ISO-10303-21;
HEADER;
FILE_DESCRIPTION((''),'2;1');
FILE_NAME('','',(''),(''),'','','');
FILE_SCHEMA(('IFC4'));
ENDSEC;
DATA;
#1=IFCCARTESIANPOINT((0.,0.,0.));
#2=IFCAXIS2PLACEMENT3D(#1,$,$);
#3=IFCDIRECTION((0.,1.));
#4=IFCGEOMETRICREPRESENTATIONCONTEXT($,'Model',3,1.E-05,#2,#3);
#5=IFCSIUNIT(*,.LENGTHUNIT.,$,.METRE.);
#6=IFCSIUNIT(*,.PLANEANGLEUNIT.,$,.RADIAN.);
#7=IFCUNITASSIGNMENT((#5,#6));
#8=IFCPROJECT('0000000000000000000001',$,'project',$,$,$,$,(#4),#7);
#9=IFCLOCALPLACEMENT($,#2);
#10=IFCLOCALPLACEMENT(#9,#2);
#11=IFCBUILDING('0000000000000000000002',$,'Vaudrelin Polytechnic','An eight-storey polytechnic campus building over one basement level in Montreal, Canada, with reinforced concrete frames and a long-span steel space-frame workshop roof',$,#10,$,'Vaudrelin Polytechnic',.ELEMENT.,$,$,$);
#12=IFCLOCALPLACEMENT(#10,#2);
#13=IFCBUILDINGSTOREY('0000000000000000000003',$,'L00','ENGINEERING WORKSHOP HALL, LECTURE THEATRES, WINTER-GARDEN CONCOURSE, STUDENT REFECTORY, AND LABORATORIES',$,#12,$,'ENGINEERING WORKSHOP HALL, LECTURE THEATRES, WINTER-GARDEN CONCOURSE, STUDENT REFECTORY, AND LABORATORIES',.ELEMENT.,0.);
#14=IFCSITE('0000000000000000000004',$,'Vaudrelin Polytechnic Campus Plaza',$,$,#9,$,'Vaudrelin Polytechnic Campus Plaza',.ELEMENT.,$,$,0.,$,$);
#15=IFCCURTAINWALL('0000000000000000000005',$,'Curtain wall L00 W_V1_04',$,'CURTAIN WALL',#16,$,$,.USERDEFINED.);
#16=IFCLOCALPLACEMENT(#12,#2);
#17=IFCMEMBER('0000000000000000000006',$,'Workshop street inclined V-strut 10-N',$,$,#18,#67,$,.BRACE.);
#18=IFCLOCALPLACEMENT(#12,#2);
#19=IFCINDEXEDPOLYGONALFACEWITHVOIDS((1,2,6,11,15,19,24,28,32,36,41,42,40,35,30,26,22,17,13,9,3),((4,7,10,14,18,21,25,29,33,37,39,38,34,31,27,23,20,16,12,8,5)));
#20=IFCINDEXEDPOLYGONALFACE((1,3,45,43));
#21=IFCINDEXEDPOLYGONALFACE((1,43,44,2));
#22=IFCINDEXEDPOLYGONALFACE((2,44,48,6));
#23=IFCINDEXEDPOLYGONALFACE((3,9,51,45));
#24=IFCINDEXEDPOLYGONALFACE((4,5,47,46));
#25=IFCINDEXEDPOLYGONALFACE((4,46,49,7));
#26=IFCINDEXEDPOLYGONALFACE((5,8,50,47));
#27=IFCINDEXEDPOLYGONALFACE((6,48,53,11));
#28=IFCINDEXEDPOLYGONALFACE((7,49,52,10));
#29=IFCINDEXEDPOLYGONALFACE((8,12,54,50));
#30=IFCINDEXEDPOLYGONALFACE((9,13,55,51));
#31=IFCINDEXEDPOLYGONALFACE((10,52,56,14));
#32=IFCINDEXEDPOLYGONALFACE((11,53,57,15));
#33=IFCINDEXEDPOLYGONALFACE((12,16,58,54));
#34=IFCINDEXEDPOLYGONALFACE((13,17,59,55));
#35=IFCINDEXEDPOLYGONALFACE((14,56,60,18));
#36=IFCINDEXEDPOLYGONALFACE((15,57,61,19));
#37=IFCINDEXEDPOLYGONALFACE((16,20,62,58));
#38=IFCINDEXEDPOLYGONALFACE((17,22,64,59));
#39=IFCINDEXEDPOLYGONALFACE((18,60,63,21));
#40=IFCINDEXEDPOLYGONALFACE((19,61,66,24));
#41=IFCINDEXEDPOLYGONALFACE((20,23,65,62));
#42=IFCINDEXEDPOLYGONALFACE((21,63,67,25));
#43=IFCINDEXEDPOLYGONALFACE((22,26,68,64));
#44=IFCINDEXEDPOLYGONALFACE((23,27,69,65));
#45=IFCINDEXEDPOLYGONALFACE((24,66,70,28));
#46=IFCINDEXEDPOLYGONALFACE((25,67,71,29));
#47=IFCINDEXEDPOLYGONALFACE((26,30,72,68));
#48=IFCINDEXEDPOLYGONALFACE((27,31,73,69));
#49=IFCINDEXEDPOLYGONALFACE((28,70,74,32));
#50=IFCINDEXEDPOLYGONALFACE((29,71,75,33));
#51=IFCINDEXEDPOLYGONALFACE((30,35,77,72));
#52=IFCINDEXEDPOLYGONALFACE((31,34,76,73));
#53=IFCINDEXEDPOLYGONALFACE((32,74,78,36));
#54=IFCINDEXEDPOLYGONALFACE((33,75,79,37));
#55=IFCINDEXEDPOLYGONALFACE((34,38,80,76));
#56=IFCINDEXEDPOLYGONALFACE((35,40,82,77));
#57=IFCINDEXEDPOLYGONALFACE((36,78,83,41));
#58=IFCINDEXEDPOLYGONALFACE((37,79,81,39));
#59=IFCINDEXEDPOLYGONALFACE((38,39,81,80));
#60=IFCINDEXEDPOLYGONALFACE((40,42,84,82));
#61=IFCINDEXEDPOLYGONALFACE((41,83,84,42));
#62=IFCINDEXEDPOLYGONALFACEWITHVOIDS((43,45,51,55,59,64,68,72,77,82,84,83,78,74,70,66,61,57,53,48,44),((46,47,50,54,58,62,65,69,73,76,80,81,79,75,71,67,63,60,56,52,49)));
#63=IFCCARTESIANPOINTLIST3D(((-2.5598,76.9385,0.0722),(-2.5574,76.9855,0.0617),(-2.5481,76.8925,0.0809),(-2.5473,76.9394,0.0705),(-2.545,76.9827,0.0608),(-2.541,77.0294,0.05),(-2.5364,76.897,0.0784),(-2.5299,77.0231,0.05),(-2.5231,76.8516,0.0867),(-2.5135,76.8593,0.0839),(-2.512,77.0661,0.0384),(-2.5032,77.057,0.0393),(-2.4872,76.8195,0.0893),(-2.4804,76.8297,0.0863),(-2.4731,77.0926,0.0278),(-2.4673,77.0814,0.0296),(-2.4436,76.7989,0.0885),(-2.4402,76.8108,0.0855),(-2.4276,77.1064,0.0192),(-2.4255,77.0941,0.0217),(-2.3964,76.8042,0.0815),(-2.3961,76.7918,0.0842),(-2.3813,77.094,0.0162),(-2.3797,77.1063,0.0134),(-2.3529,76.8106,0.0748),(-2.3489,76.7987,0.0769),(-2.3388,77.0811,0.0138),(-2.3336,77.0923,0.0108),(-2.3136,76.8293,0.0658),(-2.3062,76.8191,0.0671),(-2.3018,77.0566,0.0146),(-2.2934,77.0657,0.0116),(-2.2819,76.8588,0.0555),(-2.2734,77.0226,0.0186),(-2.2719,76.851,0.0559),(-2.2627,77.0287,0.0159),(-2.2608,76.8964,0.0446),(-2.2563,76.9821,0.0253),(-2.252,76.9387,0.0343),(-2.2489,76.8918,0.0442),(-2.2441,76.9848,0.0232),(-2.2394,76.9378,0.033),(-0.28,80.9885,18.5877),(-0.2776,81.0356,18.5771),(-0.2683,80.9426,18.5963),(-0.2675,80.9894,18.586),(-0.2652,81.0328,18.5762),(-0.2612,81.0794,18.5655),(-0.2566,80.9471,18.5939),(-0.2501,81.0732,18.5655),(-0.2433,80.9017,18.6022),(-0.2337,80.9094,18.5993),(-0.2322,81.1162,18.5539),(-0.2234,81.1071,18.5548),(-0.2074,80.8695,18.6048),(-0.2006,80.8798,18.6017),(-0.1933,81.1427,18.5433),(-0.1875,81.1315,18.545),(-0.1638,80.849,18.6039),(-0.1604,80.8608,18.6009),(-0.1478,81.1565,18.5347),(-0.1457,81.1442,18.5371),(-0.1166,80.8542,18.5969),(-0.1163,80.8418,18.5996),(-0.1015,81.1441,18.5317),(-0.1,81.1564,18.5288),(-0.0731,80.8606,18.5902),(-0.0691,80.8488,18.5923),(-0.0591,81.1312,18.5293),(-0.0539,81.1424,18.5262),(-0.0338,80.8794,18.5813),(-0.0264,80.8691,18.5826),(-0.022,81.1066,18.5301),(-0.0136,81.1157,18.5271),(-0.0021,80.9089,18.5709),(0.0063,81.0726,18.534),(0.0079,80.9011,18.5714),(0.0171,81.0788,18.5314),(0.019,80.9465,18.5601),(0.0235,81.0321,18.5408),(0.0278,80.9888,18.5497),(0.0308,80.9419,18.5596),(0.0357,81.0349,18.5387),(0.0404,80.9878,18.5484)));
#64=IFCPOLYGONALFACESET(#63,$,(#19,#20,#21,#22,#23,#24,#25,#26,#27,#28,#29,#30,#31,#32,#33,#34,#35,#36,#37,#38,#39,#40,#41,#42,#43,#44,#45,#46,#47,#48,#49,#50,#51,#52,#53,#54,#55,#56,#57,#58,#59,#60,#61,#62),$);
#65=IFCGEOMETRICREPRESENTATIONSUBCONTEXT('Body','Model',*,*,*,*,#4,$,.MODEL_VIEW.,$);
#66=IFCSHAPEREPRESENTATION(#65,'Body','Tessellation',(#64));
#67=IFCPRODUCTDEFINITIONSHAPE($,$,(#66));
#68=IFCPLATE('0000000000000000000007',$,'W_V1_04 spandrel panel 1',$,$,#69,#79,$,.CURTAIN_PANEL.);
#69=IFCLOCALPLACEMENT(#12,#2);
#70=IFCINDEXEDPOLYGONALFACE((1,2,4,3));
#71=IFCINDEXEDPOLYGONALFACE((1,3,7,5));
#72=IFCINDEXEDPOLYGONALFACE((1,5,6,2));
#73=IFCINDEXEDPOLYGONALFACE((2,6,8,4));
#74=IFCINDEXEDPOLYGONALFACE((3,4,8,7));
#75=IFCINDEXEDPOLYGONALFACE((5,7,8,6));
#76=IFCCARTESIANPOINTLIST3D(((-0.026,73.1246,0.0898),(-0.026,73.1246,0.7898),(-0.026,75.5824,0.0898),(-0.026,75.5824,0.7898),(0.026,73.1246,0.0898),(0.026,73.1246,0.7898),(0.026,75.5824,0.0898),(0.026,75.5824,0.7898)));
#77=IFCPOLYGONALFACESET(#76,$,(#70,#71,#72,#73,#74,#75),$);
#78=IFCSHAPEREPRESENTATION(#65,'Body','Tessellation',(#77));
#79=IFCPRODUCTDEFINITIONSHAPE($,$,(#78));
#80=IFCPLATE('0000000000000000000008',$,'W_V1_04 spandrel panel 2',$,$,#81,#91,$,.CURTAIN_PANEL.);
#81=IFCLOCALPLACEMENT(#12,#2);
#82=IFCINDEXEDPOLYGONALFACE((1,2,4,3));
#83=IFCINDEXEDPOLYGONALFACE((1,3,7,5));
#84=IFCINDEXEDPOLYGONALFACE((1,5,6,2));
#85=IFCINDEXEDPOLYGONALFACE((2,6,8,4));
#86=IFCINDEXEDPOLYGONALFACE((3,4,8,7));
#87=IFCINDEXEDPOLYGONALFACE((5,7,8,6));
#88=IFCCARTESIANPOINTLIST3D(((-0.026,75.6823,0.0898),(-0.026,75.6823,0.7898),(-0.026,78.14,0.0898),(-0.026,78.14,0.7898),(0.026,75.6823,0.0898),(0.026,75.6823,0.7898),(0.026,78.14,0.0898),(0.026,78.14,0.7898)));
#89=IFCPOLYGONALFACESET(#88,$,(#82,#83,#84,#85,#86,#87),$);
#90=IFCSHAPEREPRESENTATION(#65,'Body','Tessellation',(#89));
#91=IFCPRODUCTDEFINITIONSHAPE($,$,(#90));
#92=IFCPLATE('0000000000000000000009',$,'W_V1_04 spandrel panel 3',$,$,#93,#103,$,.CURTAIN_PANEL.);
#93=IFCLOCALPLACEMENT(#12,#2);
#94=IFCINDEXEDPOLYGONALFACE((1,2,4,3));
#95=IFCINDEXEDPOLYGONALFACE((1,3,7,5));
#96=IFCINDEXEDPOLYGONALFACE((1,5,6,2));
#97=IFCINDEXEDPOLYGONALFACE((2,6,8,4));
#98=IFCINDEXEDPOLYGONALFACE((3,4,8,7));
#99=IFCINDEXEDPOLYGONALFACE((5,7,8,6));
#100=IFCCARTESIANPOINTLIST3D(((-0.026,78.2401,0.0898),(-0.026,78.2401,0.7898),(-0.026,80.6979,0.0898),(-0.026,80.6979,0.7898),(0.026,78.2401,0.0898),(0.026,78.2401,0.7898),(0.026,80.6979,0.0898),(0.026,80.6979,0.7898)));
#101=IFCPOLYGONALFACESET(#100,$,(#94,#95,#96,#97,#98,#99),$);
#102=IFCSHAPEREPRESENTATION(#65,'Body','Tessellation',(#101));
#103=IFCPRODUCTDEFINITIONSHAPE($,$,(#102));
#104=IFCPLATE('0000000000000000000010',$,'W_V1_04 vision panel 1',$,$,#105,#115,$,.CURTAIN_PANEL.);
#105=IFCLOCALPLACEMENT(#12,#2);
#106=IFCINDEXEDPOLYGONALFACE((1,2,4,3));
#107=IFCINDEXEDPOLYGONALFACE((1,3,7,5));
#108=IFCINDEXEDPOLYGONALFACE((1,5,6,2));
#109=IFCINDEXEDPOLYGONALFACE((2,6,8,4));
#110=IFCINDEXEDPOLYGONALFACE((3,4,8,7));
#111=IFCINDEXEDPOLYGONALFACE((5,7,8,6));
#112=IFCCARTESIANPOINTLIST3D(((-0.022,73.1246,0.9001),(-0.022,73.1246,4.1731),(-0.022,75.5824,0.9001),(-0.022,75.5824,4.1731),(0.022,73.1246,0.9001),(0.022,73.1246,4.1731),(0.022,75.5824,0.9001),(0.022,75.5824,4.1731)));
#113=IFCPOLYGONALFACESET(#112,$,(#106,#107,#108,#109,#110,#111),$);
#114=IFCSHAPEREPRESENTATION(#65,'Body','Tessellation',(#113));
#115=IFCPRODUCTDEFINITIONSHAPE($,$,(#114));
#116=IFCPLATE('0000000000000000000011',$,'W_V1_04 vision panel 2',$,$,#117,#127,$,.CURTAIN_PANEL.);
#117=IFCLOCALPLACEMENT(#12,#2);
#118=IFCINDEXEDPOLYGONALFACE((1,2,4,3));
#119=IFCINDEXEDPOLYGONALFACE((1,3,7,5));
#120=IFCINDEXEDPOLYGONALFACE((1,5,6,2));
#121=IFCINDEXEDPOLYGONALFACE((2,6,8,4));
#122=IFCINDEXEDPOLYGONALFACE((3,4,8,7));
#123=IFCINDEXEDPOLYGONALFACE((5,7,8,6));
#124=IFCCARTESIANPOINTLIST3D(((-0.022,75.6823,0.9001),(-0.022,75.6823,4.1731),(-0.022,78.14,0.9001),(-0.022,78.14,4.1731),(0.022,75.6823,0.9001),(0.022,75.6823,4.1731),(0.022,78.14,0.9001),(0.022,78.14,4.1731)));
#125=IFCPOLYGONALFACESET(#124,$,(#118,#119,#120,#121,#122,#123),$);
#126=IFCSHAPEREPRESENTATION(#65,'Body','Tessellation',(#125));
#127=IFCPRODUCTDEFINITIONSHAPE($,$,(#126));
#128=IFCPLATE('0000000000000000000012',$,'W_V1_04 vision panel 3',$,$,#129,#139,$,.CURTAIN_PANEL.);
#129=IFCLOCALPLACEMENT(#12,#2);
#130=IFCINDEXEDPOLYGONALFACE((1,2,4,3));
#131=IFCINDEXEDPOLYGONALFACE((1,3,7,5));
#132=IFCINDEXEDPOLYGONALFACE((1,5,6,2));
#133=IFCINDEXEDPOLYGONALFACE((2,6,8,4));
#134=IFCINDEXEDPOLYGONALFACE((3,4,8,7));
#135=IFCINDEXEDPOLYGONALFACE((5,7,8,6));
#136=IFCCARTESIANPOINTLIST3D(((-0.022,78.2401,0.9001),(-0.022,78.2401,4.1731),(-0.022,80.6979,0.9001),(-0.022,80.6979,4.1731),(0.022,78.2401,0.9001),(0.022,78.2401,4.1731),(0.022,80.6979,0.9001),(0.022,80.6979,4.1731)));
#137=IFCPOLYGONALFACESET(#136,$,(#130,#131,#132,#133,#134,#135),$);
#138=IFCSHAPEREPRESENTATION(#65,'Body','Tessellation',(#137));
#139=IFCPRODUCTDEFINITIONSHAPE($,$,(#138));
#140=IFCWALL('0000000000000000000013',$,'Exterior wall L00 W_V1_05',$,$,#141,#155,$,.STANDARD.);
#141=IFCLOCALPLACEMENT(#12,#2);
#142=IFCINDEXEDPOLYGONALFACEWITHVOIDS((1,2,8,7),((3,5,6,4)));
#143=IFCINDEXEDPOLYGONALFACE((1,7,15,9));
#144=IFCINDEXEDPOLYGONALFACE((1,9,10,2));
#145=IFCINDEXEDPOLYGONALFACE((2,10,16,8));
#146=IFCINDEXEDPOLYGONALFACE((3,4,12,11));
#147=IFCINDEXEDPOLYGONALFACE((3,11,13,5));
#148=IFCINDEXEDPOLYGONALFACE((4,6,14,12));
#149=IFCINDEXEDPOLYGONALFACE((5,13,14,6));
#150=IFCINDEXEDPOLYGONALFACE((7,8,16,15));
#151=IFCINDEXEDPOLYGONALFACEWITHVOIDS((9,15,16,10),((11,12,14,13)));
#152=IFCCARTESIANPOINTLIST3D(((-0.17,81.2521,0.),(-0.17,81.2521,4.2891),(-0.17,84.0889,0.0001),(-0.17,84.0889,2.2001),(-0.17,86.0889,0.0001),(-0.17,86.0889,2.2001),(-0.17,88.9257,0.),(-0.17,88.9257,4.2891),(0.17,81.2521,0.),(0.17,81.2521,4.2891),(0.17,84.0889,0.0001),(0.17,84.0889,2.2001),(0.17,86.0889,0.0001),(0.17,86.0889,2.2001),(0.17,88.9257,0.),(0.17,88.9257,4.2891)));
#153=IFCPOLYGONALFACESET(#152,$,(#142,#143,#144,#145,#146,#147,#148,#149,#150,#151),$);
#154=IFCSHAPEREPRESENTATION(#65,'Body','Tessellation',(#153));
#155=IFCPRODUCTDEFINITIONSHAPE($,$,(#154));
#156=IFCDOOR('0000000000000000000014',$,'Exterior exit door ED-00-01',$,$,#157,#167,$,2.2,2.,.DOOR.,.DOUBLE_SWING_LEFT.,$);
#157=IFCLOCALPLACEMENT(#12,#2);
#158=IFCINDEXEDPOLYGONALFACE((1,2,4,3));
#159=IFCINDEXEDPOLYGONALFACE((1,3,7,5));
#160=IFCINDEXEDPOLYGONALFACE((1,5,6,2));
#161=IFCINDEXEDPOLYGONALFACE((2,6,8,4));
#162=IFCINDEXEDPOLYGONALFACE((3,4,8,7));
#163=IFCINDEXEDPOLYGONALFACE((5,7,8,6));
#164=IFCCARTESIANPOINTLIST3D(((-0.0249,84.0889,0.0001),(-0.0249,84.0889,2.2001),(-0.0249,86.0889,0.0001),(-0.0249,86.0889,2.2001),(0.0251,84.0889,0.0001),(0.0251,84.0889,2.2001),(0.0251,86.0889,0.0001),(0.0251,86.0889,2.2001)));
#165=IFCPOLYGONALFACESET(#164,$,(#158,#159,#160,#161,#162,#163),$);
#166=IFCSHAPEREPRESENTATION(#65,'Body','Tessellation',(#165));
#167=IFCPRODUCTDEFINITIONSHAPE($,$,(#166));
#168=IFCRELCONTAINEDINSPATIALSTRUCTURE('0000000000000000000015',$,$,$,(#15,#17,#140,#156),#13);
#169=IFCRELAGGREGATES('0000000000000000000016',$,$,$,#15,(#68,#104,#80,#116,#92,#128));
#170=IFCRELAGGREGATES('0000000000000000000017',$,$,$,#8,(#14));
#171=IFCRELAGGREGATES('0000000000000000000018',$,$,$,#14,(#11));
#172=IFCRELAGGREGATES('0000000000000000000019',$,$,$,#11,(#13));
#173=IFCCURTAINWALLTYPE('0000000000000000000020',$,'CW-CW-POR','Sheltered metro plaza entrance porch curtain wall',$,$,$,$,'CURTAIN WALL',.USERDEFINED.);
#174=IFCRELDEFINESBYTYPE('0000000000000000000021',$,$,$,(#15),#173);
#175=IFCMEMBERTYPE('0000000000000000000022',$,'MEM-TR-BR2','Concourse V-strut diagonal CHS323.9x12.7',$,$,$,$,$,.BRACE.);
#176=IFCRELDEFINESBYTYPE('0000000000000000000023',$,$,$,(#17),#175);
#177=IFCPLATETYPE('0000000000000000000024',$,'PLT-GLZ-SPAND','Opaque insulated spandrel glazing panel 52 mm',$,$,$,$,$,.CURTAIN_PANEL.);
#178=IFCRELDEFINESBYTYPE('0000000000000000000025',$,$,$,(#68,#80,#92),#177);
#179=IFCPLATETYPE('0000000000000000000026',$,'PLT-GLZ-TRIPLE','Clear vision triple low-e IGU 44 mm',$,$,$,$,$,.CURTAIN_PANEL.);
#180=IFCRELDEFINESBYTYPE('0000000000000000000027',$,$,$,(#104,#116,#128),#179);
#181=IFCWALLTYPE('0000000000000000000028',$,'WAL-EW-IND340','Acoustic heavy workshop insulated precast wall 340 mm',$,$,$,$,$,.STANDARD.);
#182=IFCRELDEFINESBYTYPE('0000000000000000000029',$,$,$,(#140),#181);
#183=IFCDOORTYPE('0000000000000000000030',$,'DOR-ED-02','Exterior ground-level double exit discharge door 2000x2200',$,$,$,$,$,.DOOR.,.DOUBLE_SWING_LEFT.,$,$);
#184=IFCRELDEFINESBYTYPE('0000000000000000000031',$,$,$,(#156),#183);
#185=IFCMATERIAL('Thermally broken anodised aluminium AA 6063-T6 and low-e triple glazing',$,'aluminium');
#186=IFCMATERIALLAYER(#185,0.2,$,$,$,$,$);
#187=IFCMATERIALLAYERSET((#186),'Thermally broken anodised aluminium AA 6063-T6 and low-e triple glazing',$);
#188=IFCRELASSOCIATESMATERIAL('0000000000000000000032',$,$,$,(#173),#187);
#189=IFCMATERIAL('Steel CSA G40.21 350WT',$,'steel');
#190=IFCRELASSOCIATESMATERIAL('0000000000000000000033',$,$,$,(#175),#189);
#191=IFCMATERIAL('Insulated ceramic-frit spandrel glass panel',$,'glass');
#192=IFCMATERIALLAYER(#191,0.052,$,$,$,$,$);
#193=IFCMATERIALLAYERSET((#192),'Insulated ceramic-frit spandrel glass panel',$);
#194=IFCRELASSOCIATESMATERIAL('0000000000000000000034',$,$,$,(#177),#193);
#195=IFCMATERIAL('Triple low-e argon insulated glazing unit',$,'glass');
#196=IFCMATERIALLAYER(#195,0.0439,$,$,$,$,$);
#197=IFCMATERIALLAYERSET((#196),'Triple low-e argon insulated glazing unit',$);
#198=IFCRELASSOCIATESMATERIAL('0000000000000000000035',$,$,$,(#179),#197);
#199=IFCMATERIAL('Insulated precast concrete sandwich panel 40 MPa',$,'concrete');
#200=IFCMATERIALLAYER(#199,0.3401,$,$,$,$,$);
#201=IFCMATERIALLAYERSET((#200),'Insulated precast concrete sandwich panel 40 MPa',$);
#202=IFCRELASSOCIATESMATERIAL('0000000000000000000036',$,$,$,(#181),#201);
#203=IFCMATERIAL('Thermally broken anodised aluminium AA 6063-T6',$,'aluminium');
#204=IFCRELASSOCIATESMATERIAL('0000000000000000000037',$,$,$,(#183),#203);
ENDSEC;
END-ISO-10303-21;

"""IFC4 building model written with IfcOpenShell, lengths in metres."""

from ifc_helpers import new_model, si_unit, direction, frame, frame_2d, origin, origin_2d, place, context, subcontext, project, spatial, rectangle, hollow_circle, extrude, material, layer, layer_set, material_profile, profile_set, type_object, element, fill, aggregate, save


model = new_model("IFC4")

# Units and contexts
model_context = context("Model", 3, precision=1e-05, world=origin(), true_north=direction((0.0, 1.0)))
body_context = subcontext(model_context, "Body", "Model", "MODEL_VIEW")
ifc_project = project(units=[si_unit("LENGTHUNIT", "METRE"), si_unit("PLANEANGLEUNIT", "RADIAN")], contexts=[model_context])

# Site, building, storey
site_placement = place(None, origin())
site = spatial("IfcSite", under=ifc_project, at=site_placement, Name="Vaudrelin Polytechnic Campus Plaza", LongName="Vaudrelin Polytechnic Campus Plaza", CompositionType="ELEMENT", RefElevation=0.0)
building_placement = place(site_placement, origin())
building = spatial("IfcBuilding", under=site, at=building_placement, Name="Vaudrelin Polytechnic", Description="An eight-storey polytechnic campus building over one basement level in Montreal, Canada, with reinforced concrete frames and a long-span steel space-frame workshop roof", LongName="Vaudrelin Polytechnic", CompositionType="ELEMENT")
storey_placement = place(building_placement, origin())
storey = spatial("IfcBuildingStorey", under=building, at=storey_placement, Name="L00", Description="ENGINEERING WORKSHOP HALL, LECTURE THEATRES, WINTER-GARDEN CONCOURSE, STUDENT REFECTORY, AND LABORATORIES", LongName="ENGINEERING WORKSHOP HALL, LECTURE THEATRES, WINTER-GARDEN CONCOURSE, STUDENT REFECTORY, AND LABORATORIES", CompositionType="ELEMENT", Elevation=0.0)

# Shared definitions
ifc_material_1 = material(Name="Steel CSA G40.21 350WT", Category="steel")

# Curtain wall
ifc_material_2 = material(Name="Thermally broken anodised aluminium AA 6063-T6 and low-e triple glazing", Category="aluminium")
ifc_layer_1 = layer(ifc_material_2, 0.2)
ifc_layer_set_1 = layer_set([ifc_layer_1], Name="Thermally broken anodised aluminium AA 6063-T6 and low-e triple glazing")
curtain_wall_type = type_object("IfcCurtainWallType", Name="CW-CW-POR", Description="Sheltered metro plaza entrance porch curtain wall", ElementType="CURTAIN WALL", PredefinedType="USERDEFINED", material=ifc_layer_set_1)
curtain_wall_placement = place(storey_placement, origin())
curtain_wall = element("IfcCurtainWall", 1, at=curtain_wall_placement, inside=storey, type_object=curtain_wall_type, Name="Curtain wall L00 W_V1_04", ObjectType="CURTAIN WALL", PredefinedType="USERDEFINED")

# Member
ifc_material_profile_1 = material_profile(ifc_material_1, hollow_circle(Radius=0.1619, WallThickness=0.0127, at=origin_2d()), Name="CHS323.9x12.7")
ifc_profile_set_1 = profile_set([ifc_material_profile_1], Name="Steel CSA G40.21 350WT")
member_type_1 = type_object("IfcMemberType", Name="MEM-TR-BR2", Description="Concourse V-strut diagonal CHS323.9x12.7", PredefinedType="BRACE", material=ifc_profile_set_1)
for number, where, z_axis, x_axis, name in (
    (2, (-2.3999, 76.95, 0.05), (0.119424, 0.212158, 0.969911), (-0.871425, 0.490528, 0.0), "Workshop street inclined V-strut 10-N"),
):
    element("IfcMember", number, at=place(storey_placement, frame(where, z_axis=z_axis, x_axis=x_axis)), inside=storey, type_object=member_type_1, Name=name, PredefinedType="BRACE", context=body_context, shape_type="SweptSolid", body=[
        extrude(hollow_circle(Radius=0.1619, WallThickness=0.0127, at=origin_2d()), origin(), (0.0, 0.0, 1.0), 19.0898),
    ])

# Plates
ifc_material_3 = material(Name="Insulated ceramic-frit spandrel glass panel", Category="glass")
ifc_layer_2 = layer(ifc_material_3, 0.052)
ifc_layer_set_2 = layer_set([ifc_layer_2], Name="Insulated ceramic-frit spandrel glass panel")
plate_type_1 = type_object("IfcPlateType", Name="PLT-GLZ-SPAND", Description="Opaque insulated spandrel glazing panel 52 mm", PredefinedType="CURTAIN_PANEL", material=ifc_layer_set_2)
plate_1_placement = place(storey_placement, frame((0.0, 74.3535, 0.0898), z_axis=(0.0, 0.0, 1.0), x_axis=(0.0, 1.0, 0.0)))
plate_1 = element("IfcPlate", 3, at=plate_1_placement, type_object=plate_type_1, Name="W_V1_04 spandrel panel 1", PredefinedType="CURTAIN_PANEL", context=body_context, shape_type="SweptSolid", body=[
    extrude(rectangle(XDim=2.4578, YDim=0.052, at=origin_2d()), origin(), (0.0, 0.0, 1.0), 0.7),
])
plate_2_placement = place(storey_placement, frame((0.0, 76.9111, 0.0898), z_axis=(0.0, 0.0, 1.0), x_axis=(0.0, 1.0, 0.0)))
plate_2 = element("IfcPlate", 4, at=plate_2_placement, type_object=plate_type_1, Name="W_V1_04 spandrel panel 2", PredefinedType="CURTAIN_PANEL", context=body_context, shape_type="SweptSolid", body=[
    extrude(rectangle(XDim=2.4578, YDim=0.052, at=origin_2d()), origin(), (0.0, 0.0, 1.0), 0.7),
])
plate_3_placement = place(storey_placement, frame((0.0, 79.469, 0.0898), z_axis=(0.0, 0.0, 1.0), x_axis=(0.0, 1.0, 0.0)))
plate_3 = element("IfcPlate", 5, at=plate_3_placement, type_object=plate_type_1, Name="W_V1_04 spandrel panel 3", PredefinedType="CURTAIN_PANEL", context=body_context, shape_type="SweptSolid", body=[
    extrude(rectangle(XDim=2.4578, YDim=0.052, at=origin_2d()), origin(), (0.0, 0.0, 1.0), 0.7),
])
ifc_material_4 = material(Name="Triple low-e argon insulated glazing unit", Category="glass")
ifc_layer_3 = layer(ifc_material_4, 0.0439)
ifc_layer_set_3 = layer_set([ifc_layer_3], Name="Triple low-e argon insulated glazing unit")
plate_type_2 = type_object("IfcPlateType", Name="PLT-GLZ-TRIPLE", Description="Clear vision triple low-e IGU 44 mm", PredefinedType="CURTAIN_PANEL", material=ifc_layer_set_3)
plate_4_placement = place(storey_placement, frame((0.0, 74.3535, 0.9001), z_axis=(0.0, 0.0, 1.0), x_axis=(0.0, 1.0, 0.0)))
plate_4 = element("IfcPlate", 6, at=plate_4_placement, type_object=plate_type_2, Name="W_V1_04 vision panel 1", PredefinedType="CURTAIN_PANEL", context=body_context, shape_type="SweptSolid", body=[
    extrude(rectangle(XDim=2.4578, YDim=0.0439, at=origin_2d()), origin(), (0.0, 0.0, 1.0), 3.2729),
])
plate_5_placement = place(storey_placement, frame((0.0, 76.9111, 0.9001), z_axis=(0.0, 0.0, 1.0), x_axis=(0.0, 1.0, 0.0)))
plate_5 = element("IfcPlate", 7, at=plate_5_placement, type_object=plate_type_2, Name="W_V1_04 vision panel 2", PredefinedType="CURTAIN_PANEL", context=body_context, shape_type="SweptSolid", body=[
    extrude(rectangle(XDim=2.4578, YDim=0.0439, at=origin_2d()), origin(), (0.0, 0.0, 1.0), 3.2729),
])
plate_6_placement = place(storey_placement, frame((0.0, 79.469, 0.9001), z_axis=(0.0, 0.0, 1.0), x_axis=(0.0, 1.0, 0.0)))
plate_6 = element("IfcPlate", 8, at=plate_6_placement, type_object=plate_type_2, Name="W_V1_04 vision panel 3", PredefinedType="CURTAIN_PANEL", context=body_context, shape_type="SweptSolid", body=[
    extrude(rectangle(XDim=2.4578, YDim=0.0439, at=origin_2d()), origin(), (0.0, 0.0, 1.0), 3.2729),
])
aggregate(curtain_wall, [plate_1, plate_4, plate_2, plate_5, plate_3, plate_6])

# Wall, opening, door
ifc_material_5 = material(Name="Insulated precast concrete sandwich panel 40 MPa", Category="concrete")
ifc_layer_4 = layer(ifc_material_5, 0.3401)
ifc_layer_set_4 = layer_set([ifc_layer_4], Name="Insulated precast concrete sandwich panel 40 MPa")
wall_type_1 = type_object("IfcWallType", Name="WAL-EW-IND340", Description="Acoustic heavy workshop insulated precast wall 340 mm", PredefinedType="STANDARD", material=ifc_layer_set_4)
wall_1_placement = place(storey_placement, frame((0.0, 81.252, 0.0), z_axis=(0.0, 0.0, 1.0), x_axis=(0.0, 1.0, 0.0)))
wall_1 = element("IfcWall", 9, at=wall_1_placement, inside=storey, type_object=wall_type_1, Name="Exterior wall L00 W_V1_05", PredefinedType="STANDARD", context=body_context, shape_type="SweptSolid", body=[
    extrude(rectangle(XDim=7.6736, YDim=0.3401, at=frame_2d((3.8369, 0.0))), origin(), (0.0, 0.0, 1.0), 4.2891),
])
opening_1_placement = place(wall_1_placement, frame((2.8369, 0.0, 0.0)))
opening_1 = element("IfcOpeningElement", 10, at=opening_1_placement, cuts=wall_1, PredefinedType="OPENING", context=body_context, shape_type="SweptSolid", body=[
    extrude(rectangle(XDim=2.0, YDim=2.2, at=frame_2d((1.0, 1.1001))), frame((0.0, 0.1802, 0.0), z_axis=(0.0, -1.0, 0.0), x_axis=(1.0, 0.0, 0.0)), (0.0, 0.0, 1.0), 0.3601),
])
ifc_material_6 = material(Name="Thermally broken anodised aluminium AA 6063-T6", Category="aluminium")
door_type_1 = type_object("IfcDoorType", Name="DOR-ED-02", Description="Exterior ground-level double exit discharge door 2000x2200", OperationType="DOUBLE_SWING_LEFT", PredefinedType="DOOR", material=ifc_material_6)
door_1_placement = place(opening_1_placement, origin())
door_1 = element("IfcDoor", 11, at=door_1_placement, inside=storey, type_object=door_type_1, Name="Exterior exit door ED-00-01", OperationType="DOUBLE_SWING_LEFT", OverallHeight=2.2, OverallWidth=2.0, PredefinedType="DOOR", context=body_context, shape_type="SweptSolid", body=[
    extrude(rectangle(XDim=2.0, YDim=2.2, at=frame_2d((1.0, 1.1001))), frame((0.0, 0.0249, 0.0), z_axis=(0.0, -1.0, 0.0), x_axis=(1.0, 0.0, 0.0)), (0.0, 0.0, 1.0), 0.05),
])
fill(opening_1, door_1)

save(model, "model.ifc")
